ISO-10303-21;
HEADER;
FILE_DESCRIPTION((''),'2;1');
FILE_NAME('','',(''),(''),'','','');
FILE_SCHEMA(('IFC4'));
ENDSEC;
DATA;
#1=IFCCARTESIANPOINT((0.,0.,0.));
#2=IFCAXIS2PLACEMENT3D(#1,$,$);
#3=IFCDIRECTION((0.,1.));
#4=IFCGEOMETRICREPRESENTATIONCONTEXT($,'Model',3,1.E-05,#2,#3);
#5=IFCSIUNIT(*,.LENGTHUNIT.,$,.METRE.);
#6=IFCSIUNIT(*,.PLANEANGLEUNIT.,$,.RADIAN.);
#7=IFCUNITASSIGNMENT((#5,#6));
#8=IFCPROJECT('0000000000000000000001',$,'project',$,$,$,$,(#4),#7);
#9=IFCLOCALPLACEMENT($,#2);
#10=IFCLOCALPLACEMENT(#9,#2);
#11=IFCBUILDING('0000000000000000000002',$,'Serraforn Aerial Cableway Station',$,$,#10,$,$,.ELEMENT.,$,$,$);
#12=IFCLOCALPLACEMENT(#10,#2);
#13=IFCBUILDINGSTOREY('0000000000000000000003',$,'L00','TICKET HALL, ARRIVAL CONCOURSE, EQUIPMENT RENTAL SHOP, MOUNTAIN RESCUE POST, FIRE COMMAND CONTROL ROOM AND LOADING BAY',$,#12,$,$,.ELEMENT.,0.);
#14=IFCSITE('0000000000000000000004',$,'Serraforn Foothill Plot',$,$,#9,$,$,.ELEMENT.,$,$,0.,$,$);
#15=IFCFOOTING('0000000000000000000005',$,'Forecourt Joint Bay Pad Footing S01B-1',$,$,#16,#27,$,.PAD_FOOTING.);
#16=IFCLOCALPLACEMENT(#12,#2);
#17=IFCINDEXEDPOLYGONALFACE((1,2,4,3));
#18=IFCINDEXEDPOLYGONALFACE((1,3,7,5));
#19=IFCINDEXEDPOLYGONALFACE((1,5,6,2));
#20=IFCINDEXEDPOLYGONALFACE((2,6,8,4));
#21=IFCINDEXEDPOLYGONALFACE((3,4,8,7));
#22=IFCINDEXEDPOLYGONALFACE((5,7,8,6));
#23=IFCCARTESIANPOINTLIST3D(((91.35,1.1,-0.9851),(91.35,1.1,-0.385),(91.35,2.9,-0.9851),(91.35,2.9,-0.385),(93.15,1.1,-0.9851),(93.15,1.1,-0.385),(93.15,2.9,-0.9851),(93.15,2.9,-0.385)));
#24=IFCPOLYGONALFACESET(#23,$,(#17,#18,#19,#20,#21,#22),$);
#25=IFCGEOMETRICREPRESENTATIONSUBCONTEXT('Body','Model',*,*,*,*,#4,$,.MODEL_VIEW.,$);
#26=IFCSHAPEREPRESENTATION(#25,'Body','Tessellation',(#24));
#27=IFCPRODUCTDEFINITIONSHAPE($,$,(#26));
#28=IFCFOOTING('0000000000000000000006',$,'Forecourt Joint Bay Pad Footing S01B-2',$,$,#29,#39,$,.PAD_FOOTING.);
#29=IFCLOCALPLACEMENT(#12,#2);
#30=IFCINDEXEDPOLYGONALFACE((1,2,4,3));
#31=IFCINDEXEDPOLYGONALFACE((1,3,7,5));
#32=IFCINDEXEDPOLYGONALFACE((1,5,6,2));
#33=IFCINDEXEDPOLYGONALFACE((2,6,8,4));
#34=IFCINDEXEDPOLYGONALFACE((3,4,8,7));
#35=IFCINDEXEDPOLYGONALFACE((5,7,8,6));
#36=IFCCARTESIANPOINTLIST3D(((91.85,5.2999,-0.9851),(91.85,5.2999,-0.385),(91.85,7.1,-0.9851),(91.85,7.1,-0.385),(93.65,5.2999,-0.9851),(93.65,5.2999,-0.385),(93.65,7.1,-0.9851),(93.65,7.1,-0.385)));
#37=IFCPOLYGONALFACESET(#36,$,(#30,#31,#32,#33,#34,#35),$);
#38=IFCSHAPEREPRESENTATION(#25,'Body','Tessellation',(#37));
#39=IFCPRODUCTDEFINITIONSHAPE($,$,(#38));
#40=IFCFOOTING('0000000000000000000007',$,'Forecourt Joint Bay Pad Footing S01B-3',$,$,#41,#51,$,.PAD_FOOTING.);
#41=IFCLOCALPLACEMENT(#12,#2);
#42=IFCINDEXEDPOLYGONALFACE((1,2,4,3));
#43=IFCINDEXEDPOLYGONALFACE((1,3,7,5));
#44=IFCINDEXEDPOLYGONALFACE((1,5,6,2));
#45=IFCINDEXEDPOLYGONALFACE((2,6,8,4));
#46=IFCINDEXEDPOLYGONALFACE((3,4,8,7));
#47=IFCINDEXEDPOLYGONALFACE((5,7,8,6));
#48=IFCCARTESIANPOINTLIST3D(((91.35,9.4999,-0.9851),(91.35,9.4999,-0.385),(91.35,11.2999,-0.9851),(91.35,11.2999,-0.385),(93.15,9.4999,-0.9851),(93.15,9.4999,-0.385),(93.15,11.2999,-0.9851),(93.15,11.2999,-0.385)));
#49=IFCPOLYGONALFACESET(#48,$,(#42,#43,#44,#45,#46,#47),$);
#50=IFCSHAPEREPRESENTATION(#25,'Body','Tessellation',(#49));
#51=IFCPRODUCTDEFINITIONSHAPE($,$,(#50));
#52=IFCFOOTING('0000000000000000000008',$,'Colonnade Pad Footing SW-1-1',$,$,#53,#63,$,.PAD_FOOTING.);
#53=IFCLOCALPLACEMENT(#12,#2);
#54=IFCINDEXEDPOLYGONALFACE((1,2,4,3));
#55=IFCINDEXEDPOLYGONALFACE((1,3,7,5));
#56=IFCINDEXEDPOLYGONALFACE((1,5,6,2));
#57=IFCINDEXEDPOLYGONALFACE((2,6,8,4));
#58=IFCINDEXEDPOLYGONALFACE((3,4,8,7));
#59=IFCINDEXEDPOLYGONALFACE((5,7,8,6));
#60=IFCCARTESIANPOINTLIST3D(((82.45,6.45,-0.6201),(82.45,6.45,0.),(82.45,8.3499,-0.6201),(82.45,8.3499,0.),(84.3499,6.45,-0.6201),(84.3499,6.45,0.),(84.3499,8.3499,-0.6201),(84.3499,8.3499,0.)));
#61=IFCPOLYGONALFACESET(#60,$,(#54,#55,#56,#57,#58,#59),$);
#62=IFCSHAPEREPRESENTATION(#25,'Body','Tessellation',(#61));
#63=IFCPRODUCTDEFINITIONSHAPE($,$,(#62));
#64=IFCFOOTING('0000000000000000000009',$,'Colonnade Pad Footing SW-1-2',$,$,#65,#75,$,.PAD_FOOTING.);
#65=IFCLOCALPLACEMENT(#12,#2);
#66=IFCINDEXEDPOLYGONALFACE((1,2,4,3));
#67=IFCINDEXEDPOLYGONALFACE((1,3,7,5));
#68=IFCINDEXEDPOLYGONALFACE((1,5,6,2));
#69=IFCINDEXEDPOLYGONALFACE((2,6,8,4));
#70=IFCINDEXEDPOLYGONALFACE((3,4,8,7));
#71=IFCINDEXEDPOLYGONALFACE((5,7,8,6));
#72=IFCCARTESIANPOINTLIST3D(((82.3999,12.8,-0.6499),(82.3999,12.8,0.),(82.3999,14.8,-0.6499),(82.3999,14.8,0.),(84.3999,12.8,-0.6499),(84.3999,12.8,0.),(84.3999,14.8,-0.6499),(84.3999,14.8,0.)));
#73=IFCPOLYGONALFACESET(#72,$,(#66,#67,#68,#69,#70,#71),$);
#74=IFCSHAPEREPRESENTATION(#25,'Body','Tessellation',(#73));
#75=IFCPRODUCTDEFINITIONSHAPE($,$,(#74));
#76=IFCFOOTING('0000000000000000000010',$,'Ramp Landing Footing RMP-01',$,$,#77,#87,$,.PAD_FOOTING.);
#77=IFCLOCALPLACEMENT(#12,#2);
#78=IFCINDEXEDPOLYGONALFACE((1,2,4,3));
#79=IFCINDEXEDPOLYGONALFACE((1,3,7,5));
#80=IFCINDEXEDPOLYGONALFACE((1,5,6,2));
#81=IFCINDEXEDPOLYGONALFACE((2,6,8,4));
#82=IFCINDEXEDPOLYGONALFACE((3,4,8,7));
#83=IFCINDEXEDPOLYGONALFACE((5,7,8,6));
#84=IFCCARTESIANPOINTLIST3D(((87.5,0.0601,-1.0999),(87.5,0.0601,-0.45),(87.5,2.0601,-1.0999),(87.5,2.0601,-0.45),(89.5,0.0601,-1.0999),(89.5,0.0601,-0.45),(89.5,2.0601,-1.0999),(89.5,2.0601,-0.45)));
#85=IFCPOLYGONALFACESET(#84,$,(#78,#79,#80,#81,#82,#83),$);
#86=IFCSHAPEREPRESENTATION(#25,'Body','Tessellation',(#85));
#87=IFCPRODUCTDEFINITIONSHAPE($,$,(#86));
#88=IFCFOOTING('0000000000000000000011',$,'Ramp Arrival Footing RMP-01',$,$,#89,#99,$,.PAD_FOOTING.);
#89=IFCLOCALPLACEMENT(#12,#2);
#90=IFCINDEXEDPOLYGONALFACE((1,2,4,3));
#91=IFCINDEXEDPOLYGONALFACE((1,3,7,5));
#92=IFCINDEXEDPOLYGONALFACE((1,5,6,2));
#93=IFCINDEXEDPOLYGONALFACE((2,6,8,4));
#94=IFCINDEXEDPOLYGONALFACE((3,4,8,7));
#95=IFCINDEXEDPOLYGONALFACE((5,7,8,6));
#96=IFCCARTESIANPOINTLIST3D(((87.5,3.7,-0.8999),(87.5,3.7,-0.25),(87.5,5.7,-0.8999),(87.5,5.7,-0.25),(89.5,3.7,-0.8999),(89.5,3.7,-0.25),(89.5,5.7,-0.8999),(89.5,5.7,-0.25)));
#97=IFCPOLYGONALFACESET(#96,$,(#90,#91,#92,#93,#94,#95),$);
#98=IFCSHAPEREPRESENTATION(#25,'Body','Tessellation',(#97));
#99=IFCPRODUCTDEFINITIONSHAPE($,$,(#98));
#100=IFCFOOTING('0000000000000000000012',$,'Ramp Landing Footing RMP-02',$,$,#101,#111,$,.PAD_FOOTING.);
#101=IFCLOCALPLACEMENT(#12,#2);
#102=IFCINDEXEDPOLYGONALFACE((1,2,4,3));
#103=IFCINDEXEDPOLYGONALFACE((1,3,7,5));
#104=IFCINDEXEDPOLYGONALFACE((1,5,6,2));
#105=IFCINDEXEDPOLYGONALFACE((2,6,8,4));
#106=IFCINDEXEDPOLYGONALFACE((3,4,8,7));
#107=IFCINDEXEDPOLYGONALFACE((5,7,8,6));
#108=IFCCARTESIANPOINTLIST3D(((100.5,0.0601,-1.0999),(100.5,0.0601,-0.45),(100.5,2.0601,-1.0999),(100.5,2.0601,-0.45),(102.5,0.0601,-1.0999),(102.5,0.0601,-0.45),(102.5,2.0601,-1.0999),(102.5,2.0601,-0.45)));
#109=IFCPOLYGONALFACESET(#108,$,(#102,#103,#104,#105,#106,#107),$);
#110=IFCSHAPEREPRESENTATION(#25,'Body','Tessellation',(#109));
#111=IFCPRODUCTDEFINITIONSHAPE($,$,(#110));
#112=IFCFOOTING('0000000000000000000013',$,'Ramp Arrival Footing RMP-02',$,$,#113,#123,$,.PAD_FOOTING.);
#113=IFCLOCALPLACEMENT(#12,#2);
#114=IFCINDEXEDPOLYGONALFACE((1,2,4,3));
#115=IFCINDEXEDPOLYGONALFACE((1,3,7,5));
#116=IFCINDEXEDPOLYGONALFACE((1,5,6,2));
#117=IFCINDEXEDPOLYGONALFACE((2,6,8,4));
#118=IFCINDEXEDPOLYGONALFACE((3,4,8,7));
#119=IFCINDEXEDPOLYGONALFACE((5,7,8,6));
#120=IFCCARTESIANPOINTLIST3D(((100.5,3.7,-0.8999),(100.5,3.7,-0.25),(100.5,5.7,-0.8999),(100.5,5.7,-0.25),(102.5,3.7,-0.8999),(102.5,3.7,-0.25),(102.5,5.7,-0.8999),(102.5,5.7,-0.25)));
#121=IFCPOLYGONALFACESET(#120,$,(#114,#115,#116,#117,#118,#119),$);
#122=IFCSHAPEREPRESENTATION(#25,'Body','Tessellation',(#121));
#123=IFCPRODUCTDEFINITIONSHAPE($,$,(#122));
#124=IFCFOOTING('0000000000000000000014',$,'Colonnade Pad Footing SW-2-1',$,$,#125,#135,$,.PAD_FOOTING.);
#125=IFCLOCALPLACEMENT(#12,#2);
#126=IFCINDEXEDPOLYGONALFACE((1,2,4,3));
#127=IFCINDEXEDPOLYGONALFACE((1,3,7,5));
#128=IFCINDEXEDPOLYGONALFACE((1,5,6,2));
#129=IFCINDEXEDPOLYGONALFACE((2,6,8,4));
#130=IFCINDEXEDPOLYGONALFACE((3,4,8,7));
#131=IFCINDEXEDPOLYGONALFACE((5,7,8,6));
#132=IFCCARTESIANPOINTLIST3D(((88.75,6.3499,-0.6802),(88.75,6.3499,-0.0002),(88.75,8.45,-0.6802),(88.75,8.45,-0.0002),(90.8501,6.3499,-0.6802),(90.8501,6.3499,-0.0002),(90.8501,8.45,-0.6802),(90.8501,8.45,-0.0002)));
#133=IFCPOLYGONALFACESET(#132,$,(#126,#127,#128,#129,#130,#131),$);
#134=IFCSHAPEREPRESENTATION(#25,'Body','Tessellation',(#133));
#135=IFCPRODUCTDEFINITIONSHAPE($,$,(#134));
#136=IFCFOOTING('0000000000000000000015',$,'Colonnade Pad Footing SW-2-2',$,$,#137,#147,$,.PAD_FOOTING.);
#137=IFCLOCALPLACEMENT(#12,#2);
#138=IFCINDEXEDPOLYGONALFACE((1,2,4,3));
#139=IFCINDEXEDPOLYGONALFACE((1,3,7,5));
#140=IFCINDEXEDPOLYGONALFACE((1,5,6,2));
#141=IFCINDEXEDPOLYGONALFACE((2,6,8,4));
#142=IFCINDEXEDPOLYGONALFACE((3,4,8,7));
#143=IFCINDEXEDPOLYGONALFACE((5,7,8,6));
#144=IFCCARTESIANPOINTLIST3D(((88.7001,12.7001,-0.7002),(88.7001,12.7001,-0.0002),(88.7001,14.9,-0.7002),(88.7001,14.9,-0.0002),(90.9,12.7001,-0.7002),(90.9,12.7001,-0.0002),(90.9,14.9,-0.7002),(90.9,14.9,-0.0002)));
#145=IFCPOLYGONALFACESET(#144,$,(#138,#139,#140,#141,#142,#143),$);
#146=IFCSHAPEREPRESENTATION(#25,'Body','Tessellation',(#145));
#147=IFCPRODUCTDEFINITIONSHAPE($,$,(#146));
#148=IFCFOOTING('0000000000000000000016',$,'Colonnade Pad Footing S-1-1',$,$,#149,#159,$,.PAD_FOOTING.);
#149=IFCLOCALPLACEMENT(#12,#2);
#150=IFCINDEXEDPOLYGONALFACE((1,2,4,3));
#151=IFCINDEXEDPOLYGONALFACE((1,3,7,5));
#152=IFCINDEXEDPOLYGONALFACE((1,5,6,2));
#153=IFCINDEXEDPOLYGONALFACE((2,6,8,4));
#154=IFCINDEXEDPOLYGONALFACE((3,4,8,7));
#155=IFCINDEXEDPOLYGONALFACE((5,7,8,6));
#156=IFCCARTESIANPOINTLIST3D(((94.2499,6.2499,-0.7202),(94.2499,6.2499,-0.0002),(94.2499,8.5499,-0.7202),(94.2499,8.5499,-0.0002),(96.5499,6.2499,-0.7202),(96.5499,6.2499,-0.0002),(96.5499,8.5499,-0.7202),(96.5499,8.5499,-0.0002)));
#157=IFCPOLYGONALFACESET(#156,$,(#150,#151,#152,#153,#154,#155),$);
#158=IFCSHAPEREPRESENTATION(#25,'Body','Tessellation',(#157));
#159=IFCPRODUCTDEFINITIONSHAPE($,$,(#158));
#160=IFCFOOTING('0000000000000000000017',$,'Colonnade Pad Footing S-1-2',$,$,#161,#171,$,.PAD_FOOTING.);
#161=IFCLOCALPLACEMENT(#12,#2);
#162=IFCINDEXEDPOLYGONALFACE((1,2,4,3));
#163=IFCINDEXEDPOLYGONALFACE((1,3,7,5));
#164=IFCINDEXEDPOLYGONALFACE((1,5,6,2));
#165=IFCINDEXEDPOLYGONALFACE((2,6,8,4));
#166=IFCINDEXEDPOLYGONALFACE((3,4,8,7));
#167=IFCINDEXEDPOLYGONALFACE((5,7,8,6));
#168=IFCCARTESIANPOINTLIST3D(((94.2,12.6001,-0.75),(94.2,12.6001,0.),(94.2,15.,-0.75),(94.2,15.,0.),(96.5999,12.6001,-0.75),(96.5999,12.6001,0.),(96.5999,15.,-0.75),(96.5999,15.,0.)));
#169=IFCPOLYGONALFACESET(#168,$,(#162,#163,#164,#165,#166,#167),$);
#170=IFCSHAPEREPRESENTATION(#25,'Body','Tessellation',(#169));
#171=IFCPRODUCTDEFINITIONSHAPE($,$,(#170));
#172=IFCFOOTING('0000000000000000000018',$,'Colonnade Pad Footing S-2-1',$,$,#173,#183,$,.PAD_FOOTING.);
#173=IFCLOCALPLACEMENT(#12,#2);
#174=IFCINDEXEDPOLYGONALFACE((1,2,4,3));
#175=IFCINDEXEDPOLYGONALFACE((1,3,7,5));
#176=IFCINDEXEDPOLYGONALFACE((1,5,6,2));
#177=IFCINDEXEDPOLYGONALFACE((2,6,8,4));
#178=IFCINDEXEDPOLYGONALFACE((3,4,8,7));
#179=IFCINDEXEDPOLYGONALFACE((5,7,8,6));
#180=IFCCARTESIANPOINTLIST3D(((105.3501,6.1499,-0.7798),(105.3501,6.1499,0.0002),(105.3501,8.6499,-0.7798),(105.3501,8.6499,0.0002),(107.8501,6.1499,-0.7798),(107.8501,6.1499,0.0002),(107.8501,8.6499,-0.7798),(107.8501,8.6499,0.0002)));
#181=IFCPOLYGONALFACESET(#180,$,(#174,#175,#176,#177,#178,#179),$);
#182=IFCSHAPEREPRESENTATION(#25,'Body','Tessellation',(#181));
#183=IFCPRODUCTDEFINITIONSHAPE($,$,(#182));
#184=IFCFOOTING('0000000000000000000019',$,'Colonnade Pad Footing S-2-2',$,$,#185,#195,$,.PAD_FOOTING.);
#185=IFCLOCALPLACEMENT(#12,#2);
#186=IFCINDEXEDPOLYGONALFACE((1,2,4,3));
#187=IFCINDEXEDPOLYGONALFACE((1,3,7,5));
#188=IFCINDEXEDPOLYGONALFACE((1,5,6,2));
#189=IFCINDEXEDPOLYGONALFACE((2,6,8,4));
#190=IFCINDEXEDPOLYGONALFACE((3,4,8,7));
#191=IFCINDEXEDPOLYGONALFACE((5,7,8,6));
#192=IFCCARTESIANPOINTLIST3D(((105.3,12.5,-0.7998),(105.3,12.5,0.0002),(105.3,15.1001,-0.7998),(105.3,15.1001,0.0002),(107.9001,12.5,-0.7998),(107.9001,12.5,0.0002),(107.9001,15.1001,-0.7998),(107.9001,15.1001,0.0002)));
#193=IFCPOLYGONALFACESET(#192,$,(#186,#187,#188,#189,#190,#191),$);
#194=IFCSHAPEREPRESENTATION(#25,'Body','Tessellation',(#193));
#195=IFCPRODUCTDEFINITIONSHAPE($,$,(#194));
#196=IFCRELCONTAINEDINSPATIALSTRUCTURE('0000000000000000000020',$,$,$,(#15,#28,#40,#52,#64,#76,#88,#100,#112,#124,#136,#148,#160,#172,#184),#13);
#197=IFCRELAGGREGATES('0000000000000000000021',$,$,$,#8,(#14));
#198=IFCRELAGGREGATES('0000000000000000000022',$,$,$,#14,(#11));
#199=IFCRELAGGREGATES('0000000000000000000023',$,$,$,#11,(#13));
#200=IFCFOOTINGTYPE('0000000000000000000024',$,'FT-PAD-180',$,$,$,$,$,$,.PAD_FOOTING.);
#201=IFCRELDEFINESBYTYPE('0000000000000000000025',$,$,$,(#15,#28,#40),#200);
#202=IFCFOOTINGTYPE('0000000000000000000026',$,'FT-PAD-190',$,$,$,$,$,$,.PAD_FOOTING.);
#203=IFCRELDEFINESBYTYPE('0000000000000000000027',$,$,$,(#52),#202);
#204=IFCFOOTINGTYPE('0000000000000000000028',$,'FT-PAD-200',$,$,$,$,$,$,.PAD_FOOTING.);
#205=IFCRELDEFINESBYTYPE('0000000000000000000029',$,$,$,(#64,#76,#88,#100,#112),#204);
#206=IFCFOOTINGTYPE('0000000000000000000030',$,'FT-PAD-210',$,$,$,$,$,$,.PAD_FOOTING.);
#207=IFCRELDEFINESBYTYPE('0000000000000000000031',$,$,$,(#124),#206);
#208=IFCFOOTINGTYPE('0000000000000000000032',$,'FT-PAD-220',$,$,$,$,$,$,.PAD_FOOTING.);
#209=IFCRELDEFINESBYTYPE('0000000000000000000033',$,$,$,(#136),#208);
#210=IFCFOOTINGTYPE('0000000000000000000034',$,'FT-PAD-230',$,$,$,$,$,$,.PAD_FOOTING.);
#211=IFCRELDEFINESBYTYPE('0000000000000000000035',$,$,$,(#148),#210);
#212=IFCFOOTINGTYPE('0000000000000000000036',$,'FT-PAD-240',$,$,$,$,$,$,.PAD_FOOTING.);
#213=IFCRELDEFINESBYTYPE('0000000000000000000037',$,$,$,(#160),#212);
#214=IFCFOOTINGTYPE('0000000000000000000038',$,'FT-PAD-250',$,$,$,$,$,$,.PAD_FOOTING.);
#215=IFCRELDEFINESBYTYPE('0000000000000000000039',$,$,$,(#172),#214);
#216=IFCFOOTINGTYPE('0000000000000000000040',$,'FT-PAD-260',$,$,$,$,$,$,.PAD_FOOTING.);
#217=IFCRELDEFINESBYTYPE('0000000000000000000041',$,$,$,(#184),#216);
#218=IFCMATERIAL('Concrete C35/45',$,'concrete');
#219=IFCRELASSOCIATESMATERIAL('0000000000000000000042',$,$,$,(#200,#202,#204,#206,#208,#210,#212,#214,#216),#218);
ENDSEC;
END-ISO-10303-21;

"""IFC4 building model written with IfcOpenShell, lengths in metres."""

from ifc_helpers import new_model, si_unit, direction, frame, origin, origin_2d, place, context, subcontext, project, spatial, rectangle, extrude, material, type_object, element, save


model = new_model("IFC4")

# Units and contexts
model_context = context("Model", 3, precision=1e-05, world=origin(), true_north=direction((0.0, 1.0)))
body_context = subcontext(model_context, "Body", "Model", "MODEL_VIEW")
ifc_project = project(units=[si_unit("LENGTHUNIT", "METRE"), si_unit("PLANEANGLEUNIT", "RADIAN")], contexts=[model_context])

# Site, building, storey
site_placement = place(None, origin())
site = spatial("IfcSite", under=ifc_project, at=site_placement, Name="Serraforn Foothill Plot", CompositionType="ELEMENT", RefElevation=0.0)
building_placement = place(site_placement, origin())
building = spatial("IfcBuilding", under=site, at=building_placement, Name="Serraforn Aerial Cableway Station", CompositionType="ELEMENT")
storey_placement = place(building_placement, origin())
storey = spatial("IfcBuildingStorey", under=building, at=storey_placement, Name="L00", Description="TICKET HALL, ARRIVAL CONCOURSE, EQUIPMENT RENTAL SHOP, MOUNTAIN RESCUE POST, FIRE COMMAND CONTROL ROOM AND LOADING BAY", CompositionType="ELEMENT", Elevation=0.0)

# Footings
ifc_material_1 = material(Name="Concrete C35/45", Category="concrete")
footing_type_1 = type_object("IfcFootingType", Name="FT-PAD-180", PredefinedType="PAD_FOOTING", material=ifc_material_1)
for number, where, z_axis, x_axis, name in (
    (1, (92.25, 2.0, -0.9851), (0.0, 0.0, 1.0), (1.0, 0.0, 0.0), "Forecourt Joint Bay Pad Footing S01B-1"),
    (2, (92.75, 6.2, -0.9851), (0.0, 0.0, 1.0), (1.0, 0.0, 0.0), "Forecourt Joint Bay Pad Footing S01B-2"),
    (3, (92.25, 10.3999, -0.9851), (0.0, 0.0, 1.0), (1.0, 0.0, 0.0), "Forecourt Joint Bay Pad Footing S01B-3"),
):
    element("IfcFooting", number, at=place(storey_placement, frame(where, z_axis=z_axis, x_axis=x_axis)), inside=storey, type_object=footing_type_1, Name=name, PredefinedType="PAD_FOOTING", context=body_context, shape_type="SweptSolid", body=[
        extrude(rectangle(XDim=1.8, YDim=1.8, at=origin_2d()), origin(), (0.0, 0.0, 1.0), 0.6001),
    ])
footing_type_2 = type_object("IfcFootingType", Name="FT-PAD-190", PredefinedType="PAD_FOOTING", material=ifc_material_1)
footing_1_placement = place(storey_placement, frame((83.3999, 7.3999, -0.6201), z_axis=(0.0, 0.0, 1.0), x_axis=(1.0, 0.0, 0.0)))
element("IfcFooting", 4, at=footing_1_placement, inside=storey, type_object=footing_type_2, Name="Colonnade Pad Footing SW-1-1", PredefinedType="PAD_FOOTING", context=body_context, shape_type="SweptSolid", body=[
    extrude(rectangle(XDim=1.8999, YDim=1.8999, at=origin_2d()), origin(), (0.0, 0.0, 1.0), 0.6201),
])
footing_type_3 = type_object("IfcFootingType", Name="FT-PAD-200", PredefinedType="PAD_FOOTING", material=ifc_material_1)
for number, where, z_axis, x_axis, name in (
    (5, (83.3999, 13.8, -0.6499), (0.0, 0.0, 1.0), (1.0, 0.0, 0.0), "Colonnade Pad Footing SW-1-2"),
    (6, (88.5, 1.0601, -1.0999), (0.0, 0.0, 1.0), (1.0, 0.0, 0.0), "Ramp Landing Footing RMP-01"),
    (7, (88.5, 4.7, -0.8999), (0.0, 0.0, 1.0), (1.0, 0.0, 0.0), "Ramp Arrival Footing RMP-01"),
    (8, (101.5, 1.0601, -1.0999), (0.0, 0.0, 1.0), (1.0, 0.0, 0.0), "Ramp Landing Footing RMP-02"),
    (9, (101.5, 4.7, -0.8999), (0.0, 0.0, 1.0), (1.0, 0.0, 0.0), "Ramp Arrival Footing RMP-02"),
):
    element("IfcFooting", number, at=place(storey_placement, frame(where, z_axis=z_axis, x_axis=x_axis)), inside=storey, type_object=footing_type_3, Name=name, PredefinedType="PAD_FOOTING", context=body_context, shape_type="SweptSolid", body=[
        extrude(rectangle(XDim=2.0, YDim=2.0, at=origin_2d()), origin(), (0.0, 0.0, 1.0), 0.6499),
    ])
footing_type_4 = type_object("IfcFootingType", Name="FT-PAD-210", PredefinedType="PAD_FOOTING", material=ifc_material_1)
footing_2_placement = place(storey_placement, frame((89.8, 7.3999, -0.6802), z_axis=(0.0, 0.0, 1.0), x_axis=(1.0, 0.0, 0.0)))
element("IfcFooting", 10, at=footing_2_placement, inside=storey, type_object=footing_type_4, Name="Colonnade Pad Footing SW-2-1", PredefinedType="PAD_FOOTING", context=body_context, shape_type="SweptSolid", body=[
    extrude(rectangle(XDim=2.1001, YDim=2.1001, at=origin_2d()), origin(), (0.0, 0.0, 1.0), 0.6799),
])
footing_type_5 = type_object("IfcFootingType", Name="FT-PAD-220", PredefinedType="PAD_FOOTING", material=ifc_material_1)
footing_3_placement = place(storey_placement, frame((89.8, 13.8, -0.7002), z_axis=(0.0, 0.0, 1.0), x_axis=(1.0, 0.0, 0.0)))
element("IfcFooting", 11, at=footing_3_placement, inside=storey, type_object=footing_type_5, Name="Colonnade Pad Footing SW-2-2", PredefinedType="PAD_FOOTING", context=body_context, shape_type="SweptSolid", body=[
    extrude(rectangle(XDim=2.2, YDim=2.2, at=origin_2d()), origin(), (0.0, 0.0, 1.0), 0.7),
])
footing_type_6 = type_object("IfcFootingType", Name="FT-PAD-230", PredefinedType="PAD_FOOTING", material=ifc_material_1)
footing_4_placement = place(storey_placement, frame((95.3999, 7.3999, -0.7202), z_axis=(0.0, 0.0, 1.0), x_axis=(1.0, 0.0, 0.0)))
element("IfcFooting", 12, at=footing_4_placement, inside=storey, type_object=footing_type_6, Name="Colonnade Pad Footing S-1-1", PredefinedType="PAD_FOOTING", context=body_context, shape_type="SweptSolid", body=[
    extrude(rectangle(XDim=2.3, YDim=2.3, at=origin_2d()), origin(), (0.0, 0.0, 1.0), 0.72),
])
footing_type_7 = type_object("IfcFootingType", Name="FT-PAD-240", PredefinedType="PAD_FOOTING", material=ifc_material_1)
footing_5_placement = place(storey_placement, frame((95.3999, 13.8, -0.75), z_axis=(0.0, 0.0, 1.0), x_axis=(1.0, 0.0, 0.0)))
element("IfcFooting", 13, at=footing_5_placement, inside=storey, type_object=footing_type_7, Name="Colonnade Pad Footing S-1-2", PredefinedType="PAD_FOOTING", context=body_context, shape_type="SweptSolid", body=[
    extrude(rectangle(XDim=2.3999, YDim=2.3999, at=origin_2d()), origin(), (0.0, 0.0, 1.0), 0.75),
])
footing_type_8 = type_object("IfcFootingType", Name="FT-PAD-250", PredefinedType="PAD_FOOTING", material=ifc_material_1)
footing_6_placement = place(storey_placement, frame((106.6001, 7.3999, -0.7798), z_axis=(0.0, 0.0, 1.0), x_axis=(1.0, 0.0, 0.0)))
element("IfcFooting", 14, at=footing_6_placement, inside=storey, type_object=footing_type_8, Name="Colonnade Pad Footing S-2-1", PredefinedType="PAD_FOOTING", context=body_context, shape_type="SweptSolid", body=[
    extrude(rectangle(XDim=2.5, YDim=2.5, at=origin_2d()), origin(), (0.0, 0.0, 1.0), 0.78),
])
footing_type_9 = type_object("IfcFootingType", Name="FT-PAD-260", PredefinedType="PAD_FOOTING", material=ifc_material_1)
footing_7_placement = place(storey_placement, frame((106.6001, 13.8, -0.7998), z_axis=(0.0, 0.0, 1.0), x_axis=(1.0, 0.0, 0.0)))
element("IfcFooting", 15, at=footing_7_placement, inside=storey, type_object=footing_type_9, Name="Colonnade Pad Footing S-2-2", PredefinedType="PAD_FOOTING", context=body_context, shape_type="SweptSolid", body=[
    extrude(rectangle(XDim=2.6001, YDim=2.6001, at=origin_2d()), origin(), (0.0, 0.0, 1.0), 0.8),
])

save(model, "model.ifc")
